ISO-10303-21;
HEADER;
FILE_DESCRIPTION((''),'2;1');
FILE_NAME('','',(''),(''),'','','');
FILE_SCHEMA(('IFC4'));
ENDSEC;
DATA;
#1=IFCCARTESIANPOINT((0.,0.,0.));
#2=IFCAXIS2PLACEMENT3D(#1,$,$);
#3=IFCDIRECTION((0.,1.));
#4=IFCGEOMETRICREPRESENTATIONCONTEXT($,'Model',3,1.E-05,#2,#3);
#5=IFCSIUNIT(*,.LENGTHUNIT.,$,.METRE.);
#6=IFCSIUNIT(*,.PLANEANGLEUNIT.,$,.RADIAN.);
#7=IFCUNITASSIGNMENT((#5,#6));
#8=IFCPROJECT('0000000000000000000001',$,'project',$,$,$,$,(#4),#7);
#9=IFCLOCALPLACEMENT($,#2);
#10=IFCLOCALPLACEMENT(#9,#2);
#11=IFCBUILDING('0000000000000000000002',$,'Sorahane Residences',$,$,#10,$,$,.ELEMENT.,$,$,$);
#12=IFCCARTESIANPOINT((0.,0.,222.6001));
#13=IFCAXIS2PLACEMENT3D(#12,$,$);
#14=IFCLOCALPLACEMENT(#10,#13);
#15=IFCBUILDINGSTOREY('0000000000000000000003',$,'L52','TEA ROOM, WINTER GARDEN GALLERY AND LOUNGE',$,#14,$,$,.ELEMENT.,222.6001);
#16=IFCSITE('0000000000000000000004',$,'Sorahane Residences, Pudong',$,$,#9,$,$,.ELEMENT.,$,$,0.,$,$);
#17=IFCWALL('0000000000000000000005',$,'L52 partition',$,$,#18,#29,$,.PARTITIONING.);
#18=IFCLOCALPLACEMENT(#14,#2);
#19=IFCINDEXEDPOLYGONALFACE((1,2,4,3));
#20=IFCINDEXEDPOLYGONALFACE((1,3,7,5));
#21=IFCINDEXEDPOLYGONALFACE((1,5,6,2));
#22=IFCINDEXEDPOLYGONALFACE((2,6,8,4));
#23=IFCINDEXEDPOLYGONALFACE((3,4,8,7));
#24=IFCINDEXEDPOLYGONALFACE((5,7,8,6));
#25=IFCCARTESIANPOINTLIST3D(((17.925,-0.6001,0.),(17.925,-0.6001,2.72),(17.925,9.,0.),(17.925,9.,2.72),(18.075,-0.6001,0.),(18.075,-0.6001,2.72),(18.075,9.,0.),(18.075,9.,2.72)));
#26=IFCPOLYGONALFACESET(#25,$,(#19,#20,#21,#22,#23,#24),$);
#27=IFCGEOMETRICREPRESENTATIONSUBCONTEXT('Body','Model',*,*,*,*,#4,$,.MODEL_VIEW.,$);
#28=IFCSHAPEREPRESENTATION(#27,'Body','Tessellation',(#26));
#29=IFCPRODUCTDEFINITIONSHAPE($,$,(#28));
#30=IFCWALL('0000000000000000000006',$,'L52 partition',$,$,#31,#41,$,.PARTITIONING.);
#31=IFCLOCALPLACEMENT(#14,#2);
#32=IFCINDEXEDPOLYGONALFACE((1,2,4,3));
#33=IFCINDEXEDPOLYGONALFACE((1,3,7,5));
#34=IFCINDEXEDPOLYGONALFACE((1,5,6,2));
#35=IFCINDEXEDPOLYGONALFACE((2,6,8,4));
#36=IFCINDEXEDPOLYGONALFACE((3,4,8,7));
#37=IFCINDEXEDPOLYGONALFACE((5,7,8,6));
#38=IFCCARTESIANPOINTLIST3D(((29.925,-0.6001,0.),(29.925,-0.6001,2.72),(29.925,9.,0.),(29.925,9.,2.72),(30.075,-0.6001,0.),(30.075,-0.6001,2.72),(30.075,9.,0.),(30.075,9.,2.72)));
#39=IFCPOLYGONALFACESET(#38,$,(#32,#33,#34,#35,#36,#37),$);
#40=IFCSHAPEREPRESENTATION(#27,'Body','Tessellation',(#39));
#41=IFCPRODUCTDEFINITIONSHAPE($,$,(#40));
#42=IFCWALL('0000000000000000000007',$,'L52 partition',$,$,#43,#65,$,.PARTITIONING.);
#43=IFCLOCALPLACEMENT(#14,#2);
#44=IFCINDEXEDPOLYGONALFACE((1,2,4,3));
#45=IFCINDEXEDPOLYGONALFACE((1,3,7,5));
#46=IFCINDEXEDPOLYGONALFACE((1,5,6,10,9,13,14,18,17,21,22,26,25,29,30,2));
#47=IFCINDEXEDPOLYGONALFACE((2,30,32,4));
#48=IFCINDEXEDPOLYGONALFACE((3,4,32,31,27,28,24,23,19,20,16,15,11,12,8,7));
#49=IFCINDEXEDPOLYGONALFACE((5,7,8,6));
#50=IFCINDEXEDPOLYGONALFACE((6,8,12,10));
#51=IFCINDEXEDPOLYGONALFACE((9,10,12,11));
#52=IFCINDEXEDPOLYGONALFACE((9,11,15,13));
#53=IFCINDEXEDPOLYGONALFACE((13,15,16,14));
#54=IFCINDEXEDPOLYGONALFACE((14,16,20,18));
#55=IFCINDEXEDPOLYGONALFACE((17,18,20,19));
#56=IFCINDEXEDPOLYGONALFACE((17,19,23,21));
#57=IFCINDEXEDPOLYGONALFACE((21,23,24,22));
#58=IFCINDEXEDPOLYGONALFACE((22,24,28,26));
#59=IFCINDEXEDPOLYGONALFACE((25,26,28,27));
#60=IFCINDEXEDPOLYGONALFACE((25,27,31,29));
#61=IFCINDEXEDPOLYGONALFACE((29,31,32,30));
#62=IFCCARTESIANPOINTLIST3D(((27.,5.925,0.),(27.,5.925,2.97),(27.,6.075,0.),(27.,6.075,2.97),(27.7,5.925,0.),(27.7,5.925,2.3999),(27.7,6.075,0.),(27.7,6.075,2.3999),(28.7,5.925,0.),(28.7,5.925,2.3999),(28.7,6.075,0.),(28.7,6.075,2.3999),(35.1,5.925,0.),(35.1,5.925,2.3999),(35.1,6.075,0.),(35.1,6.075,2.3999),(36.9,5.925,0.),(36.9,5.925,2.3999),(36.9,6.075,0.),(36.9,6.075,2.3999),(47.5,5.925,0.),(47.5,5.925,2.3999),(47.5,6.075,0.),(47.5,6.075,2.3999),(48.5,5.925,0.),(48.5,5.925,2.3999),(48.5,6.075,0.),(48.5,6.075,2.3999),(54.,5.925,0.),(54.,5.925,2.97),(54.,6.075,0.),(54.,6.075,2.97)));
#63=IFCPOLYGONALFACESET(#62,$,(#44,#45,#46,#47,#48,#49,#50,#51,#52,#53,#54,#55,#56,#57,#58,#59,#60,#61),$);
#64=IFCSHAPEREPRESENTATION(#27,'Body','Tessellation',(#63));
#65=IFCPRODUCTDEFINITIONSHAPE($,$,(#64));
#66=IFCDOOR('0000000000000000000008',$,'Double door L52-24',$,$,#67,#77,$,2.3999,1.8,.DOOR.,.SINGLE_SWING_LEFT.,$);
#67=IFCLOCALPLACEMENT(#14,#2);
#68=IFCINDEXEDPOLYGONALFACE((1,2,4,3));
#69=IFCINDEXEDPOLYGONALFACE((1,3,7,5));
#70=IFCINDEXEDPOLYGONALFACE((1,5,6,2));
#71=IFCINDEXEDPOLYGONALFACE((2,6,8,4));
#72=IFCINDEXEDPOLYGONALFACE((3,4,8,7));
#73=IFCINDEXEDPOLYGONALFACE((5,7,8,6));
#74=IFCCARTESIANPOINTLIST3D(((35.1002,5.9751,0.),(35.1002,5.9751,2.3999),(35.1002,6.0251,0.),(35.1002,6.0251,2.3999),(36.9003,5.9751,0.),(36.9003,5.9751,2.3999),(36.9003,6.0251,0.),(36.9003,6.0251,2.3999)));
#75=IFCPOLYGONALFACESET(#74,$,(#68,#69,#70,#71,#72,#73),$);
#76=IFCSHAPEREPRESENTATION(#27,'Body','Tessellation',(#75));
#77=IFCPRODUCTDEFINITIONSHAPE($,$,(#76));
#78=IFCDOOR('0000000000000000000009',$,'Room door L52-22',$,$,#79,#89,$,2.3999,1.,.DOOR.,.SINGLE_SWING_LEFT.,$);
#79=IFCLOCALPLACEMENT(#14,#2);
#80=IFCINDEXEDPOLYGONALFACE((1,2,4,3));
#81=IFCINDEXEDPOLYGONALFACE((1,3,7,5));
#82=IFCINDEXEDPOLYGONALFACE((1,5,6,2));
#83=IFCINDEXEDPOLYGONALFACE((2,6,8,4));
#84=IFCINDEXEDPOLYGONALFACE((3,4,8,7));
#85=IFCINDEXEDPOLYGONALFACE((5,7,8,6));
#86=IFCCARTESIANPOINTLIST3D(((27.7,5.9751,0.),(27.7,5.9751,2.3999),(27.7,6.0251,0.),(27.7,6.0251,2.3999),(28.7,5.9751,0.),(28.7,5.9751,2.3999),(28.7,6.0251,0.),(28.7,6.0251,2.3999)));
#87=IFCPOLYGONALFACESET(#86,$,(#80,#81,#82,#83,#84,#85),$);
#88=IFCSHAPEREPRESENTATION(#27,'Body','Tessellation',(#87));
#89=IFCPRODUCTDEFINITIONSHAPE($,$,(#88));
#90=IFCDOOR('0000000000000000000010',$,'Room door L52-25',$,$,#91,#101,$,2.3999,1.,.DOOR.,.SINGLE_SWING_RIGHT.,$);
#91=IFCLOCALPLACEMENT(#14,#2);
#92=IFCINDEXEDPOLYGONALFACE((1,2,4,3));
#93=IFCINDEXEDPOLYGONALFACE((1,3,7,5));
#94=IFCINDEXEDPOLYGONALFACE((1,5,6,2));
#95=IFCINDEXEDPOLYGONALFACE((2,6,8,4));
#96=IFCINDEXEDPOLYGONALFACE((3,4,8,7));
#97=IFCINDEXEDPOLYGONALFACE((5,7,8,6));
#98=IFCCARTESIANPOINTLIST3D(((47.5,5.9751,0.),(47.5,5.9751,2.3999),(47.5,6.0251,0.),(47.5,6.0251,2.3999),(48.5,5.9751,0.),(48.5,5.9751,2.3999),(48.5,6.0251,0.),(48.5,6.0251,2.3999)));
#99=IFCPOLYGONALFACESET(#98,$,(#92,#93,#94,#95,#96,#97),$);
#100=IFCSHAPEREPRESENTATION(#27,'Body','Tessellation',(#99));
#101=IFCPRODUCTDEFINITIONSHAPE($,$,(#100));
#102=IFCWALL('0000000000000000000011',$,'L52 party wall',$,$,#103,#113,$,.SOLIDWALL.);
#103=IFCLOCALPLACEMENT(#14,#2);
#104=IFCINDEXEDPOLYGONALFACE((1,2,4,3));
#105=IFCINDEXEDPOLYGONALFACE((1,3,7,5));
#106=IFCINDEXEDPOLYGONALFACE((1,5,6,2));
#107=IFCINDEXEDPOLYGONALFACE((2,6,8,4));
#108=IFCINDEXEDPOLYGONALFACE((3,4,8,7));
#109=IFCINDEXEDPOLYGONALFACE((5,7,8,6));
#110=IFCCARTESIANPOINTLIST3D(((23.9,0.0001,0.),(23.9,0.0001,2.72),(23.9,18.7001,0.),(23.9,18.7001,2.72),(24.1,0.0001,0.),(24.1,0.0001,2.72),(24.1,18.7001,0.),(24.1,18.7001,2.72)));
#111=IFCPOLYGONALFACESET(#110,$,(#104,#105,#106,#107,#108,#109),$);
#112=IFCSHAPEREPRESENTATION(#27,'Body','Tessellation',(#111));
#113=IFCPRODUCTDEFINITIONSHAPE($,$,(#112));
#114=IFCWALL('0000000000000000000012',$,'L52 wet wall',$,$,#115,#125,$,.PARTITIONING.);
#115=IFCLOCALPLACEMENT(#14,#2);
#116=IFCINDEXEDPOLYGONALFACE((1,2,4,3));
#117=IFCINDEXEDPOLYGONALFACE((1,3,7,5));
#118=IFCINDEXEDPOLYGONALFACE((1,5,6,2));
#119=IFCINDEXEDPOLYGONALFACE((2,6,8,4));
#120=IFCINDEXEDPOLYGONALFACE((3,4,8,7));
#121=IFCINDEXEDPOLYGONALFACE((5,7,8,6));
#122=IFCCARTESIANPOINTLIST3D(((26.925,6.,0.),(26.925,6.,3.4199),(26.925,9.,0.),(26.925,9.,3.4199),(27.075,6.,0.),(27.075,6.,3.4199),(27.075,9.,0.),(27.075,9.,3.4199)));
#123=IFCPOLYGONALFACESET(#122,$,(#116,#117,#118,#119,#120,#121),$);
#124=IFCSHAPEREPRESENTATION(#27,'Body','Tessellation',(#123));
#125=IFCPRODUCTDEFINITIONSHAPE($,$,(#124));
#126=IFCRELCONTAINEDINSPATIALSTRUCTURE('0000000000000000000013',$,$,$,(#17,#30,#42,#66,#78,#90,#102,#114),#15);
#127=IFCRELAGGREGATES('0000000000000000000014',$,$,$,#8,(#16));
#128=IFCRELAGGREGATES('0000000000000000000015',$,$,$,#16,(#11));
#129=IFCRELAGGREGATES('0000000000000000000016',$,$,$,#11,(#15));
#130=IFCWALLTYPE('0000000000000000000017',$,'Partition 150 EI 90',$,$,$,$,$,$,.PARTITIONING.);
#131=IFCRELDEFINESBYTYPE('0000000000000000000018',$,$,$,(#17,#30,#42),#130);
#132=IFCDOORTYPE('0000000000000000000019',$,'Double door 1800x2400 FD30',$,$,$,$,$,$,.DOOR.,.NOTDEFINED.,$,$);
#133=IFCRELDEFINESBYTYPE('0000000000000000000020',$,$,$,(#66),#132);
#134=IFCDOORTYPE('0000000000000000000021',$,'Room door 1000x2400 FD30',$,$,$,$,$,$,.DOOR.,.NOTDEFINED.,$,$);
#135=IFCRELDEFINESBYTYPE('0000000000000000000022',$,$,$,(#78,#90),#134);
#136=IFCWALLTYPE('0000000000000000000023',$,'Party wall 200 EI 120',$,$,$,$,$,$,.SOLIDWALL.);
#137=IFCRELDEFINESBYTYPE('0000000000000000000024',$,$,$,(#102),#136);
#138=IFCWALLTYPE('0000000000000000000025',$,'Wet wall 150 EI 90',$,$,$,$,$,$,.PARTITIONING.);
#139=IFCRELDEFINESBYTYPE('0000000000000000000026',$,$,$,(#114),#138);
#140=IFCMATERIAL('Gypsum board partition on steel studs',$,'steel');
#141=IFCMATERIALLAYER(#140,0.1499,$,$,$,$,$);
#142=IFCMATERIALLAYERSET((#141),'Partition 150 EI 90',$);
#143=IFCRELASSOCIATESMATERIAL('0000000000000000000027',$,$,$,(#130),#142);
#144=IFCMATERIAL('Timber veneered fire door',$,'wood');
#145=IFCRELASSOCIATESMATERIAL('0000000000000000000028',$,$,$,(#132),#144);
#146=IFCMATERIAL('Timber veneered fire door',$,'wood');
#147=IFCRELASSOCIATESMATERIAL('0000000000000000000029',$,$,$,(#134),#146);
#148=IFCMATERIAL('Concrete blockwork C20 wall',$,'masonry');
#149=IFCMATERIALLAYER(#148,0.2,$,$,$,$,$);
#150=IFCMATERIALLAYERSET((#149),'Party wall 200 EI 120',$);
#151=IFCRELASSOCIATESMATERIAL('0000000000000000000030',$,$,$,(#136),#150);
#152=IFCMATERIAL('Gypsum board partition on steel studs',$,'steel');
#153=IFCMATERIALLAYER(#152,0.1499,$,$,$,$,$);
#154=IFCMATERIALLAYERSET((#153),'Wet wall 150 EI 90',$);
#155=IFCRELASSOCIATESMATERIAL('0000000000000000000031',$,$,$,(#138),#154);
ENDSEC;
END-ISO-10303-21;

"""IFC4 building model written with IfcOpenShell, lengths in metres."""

from ifc_helpers import new_model, si_unit, direction, frame, frame_2d, origin, place, context, subcontext, project, spatial, rectangle, extrude, material, layer, layer_set, type_object, element, fill, save


model = new_model("IFC4")

# Units and contexts
model_context = context("Model", 3, precision=1e-05, world=origin(), true_north=direction((0.0, 1.0)))
body_context = subcontext(model_context, "Body", "Model", "MODEL_VIEW")
ifc_project = project(units=[si_unit("LENGTHUNIT", "METRE"), si_unit("PLANEANGLEUNIT", "RADIAN")], contexts=[model_context])

# Site, building, storey
site_placement = place(None, origin())
site = spatial("IfcSite", under=ifc_project, at=site_placement, Name="Sorahane Residences, Pudong", CompositionType="ELEMENT", RefElevation=0.0)
building_placement = place(site_placement, origin())
building = spatial("IfcBuilding", under=site, at=building_placement, Name="Sorahane Residences", CompositionType="ELEMENT")
storey_placement = place(building_placement, frame((0.0, 0.0, 222.6001)))
storey = spatial("IfcBuildingStorey", under=building, at=storey_placement, Name="L52", Description="TEA ROOM, WINTER GARDEN GALLERY AND LOUNGE", CompositionType="ELEMENT", Elevation=222.6001)

# Walls
ifc_material_1 = material(Name="Gypsum board partition on steel studs", Category="steel")
ifc_layer_1 = layer(ifc_material_1, 0.1499)
ifc_layer_set_1 = layer_set([ifc_layer_1], Name="Partition 150 EI 90")
wall_type_1 = type_object("IfcWallType", Name="Partition 150 EI 90", PredefinedType="PARTITIONING", material=ifc_layer_set_1)
for number, where, z_axis, x_axis, name in (
    (1, (18.0, -0.6001, 0.0), (0.0, 0.0, 1.0), (0.0, 1.0, 0.0), "L52 partition"),
    (2, (30.0, -0.6001, 0.0), (0.0, 0.0, 1.0), (0.0, 1.0, 0.0), "L52 partition"),
):
    element("IfcWall", number, at=place(storey_placement, frame(where, z_axis=z_axis, x_axis=x_axis)), inside=storey, type_object=wall_type_1, Name=name, PredefinedType="PARTITIONING", context=body_context, shape_type="SweptSolid", body=[
        extrude(rectangle(XDim=9.6001, YDim=0.1499, at=frame_2d((4.8, 0.0))), origin(), (0.0, 0.0, 1.0), 2.72),
    ])

# Wall, openings, doors
wall_1_placement = place(storey_placement, frame((27.0, 6.0, 0.0), z_axis=(0.0, 0.0, 1.0), x_axis=(1.0, 0.0, 0.0)))
wall_1 = element("IfcWall", 3, at=wall_1_placement, inside=storey, type_object=wall_type_1, Name="L52 partition", PredefinedType="PARTITIONING", context=body_context, shape_type="SweptSolid", body=[
    extrude(rectangle(XDim=27.0, YDim=0.1499, at=frame_2d((13.5, 0.0))), origin(), (0.0, 0.0, 1.0), 2.97),
])
opening_1_placement = place(wall_1_placement, frame((0.7, 0.0, 0.0)))
opening_1 = element("IfcOpeningElement", 4, at=opening_1_placement, cuts=wall_1, PredefinedType="OPENING", context=body_context, shape_type="SweptSolid", body=[
    extrude(rectangle(XDim=1.0, YDim=2.3999, at=frame_2d((0.5, 1.2))), frame((0.0, 0.085, 0.0), z_axis=(0.0, -1.0, 0.0), x_axis=(1.0, 0.0, 0.0)), (0.0, 0.0, 1.0), 0.1699),
])
opening_2_placement = place(wall_1_placement, frame((8.1001, 0.0, 0.0)))
opening_2 = element("IfcOpeningElement", 5, at=opening_2_placement, cuts=wall_1, PredefinedType="OPENING", context=body_context, shape_type="SweptSolid", body=[
    extrude(rectangle(XDim=1.8, YDim=2.3999, at=frame_2d((0.8999, 1.2))), frame((0.0, 0.085, 0.0), z_axis=(0.0, -1.0, 0.0), x_axis=(1.0, 0.0, 0.0)), (0.0, 0.0, 1.0), 0.1699),
])
opening_3_placement = place(wall_1_placement, frame((20.5, 0.0, 0.0)))
opening_3 = element("IfcOpeningElement", 6, at=opening_3_placement, cuts=wall_1, PredefinedType="OPENING", context=body_context, shape_type="SweptSolid", body=[
    extrude(rectangle(XDim=1.0, YDim=2.3999, at=frame_2d((0.5, 1.2))), frame((0.0, 0.085, 0.0), z_axis=(0.0, -1.0, 0.0), x_axis=(1.0, 0.0, 0.0)), (0.0, 0.0, 1.0), 0.1699),
])
ifc_material_2 = material(Name="Timber veneered fire door", Category="wood")
door_type_1 = type_object("IfcDoorType", Name="Double door 1800x2400 FD30", OperationType="NOTDEFINED", PredefinedType="DOOR", material=ifc_material_2)
door_1_placement = place(opening_2_placement, frame((1.8, 0.0, 0.0), z_axis=(0.0, 0.0, 1.0), x_axis=(-1.0, 0.0, 0.0)))
door_1 = element("IfcDoor", 7, at=door_1_placement, inside=storey, type_object=door_type_1, Name="Double door L52-24", OperationType="SINGLE_SWING_LEFT", OverallHeight=2.3999, OverallWidth=1.8, PredefinedType="DOOR", context=body_context, shape_type="SweptSolid", body=[
    extrude(rectangle(XDim=1.8, YDim=2.3999, at=frame_2d((0.8999, 1.2))), frame((0.0, 0.0249, 0.0), z_axis=(0.0, -1.0, 0.0), x_axis=(1.0, 0.0, 0.0)), (0.0, 0.0, 1.0), 0.05),
])
fill(opening_2, door_1)
ifc_material_3 = material(Name="Timber veneered fire door", Category="wood")
door_type_2 = type_object("IfcDoorType", Name="Room door 1000x2400 FD30", OperationType="NOTDEFINED", PredefinedType="DOOR", material=ifc_material_3)
door_2_placement = place(opening_1_placement, frame((1.0, 0.0, 0.0), z_axis=(0.0, 0.0, 1.0), x_axis=(-1.0, 0.0, 0.0)))
door_2 = element("IfcDoor", 8, at=door_2_placement, inside=storey, type_object=door_type_2, Name="Room door L52-22", OperationType="SINGLE_SWING_LEFT", OverallHeight=2.3999, OverallWidth=1.0, PredefinedType="DOOR", context=body_context, shape_type="SweptSolid", body=[
    extrude(rectangle(XDim=1.0, YDim=2.3999, at=frame_2d((0.5, 1.2))), frame((0.0, 0.0249, 0.0), z_axis=(0.0, -1.0, 0.0), x_axis=(1.0, 0.0, 0.0)), (0.0, 0.0, 1.0), 0.05),
])
fill(opening_1, door_2)
door_3_placement = place(opening_3_placement, frame((1.0, 0.0, 0.0), z_axis=(0.0, 0.0, 1.0), x_axis=(-1.0, 0.0, 0.0)))
door_3 = element("IfcDoor", 9, at=door_3_placement, inside=storey, type_object=door_type_2, Name="Room door L52-25", OperationType="SINGLE_SWING_RIGHT", OverallHeight=2.3999, OverallWidth=1.0, PredefinedType="DOOR", context=body_context, shape_type="SweptSolid", body=[
    extrude(rectangle(XDim=1.0, YDim=2.3999, at=frame_2d((0.5, 1.2))), frame((0.0, 0.0249, 0.0), z_axis=(0.0, -1.0, 0.0), x_axis=(1.0, 0.0, 0.0)), (0.0, 0.0, 1.0), 0.05),
])
fill(opening_3, door_3)

# Walls
ifc_material_4 = material(Name="Concrete blockwork C20 wall", Category="masonry")
ifc_layer_2 = layer(ifc_material_4, 0.2)
ifc_layer_set_2 = layer_set([ifc_layer_2], Name="Party wall 200 EI 120")
wall_type_2 = type_object("IfcWallType", Name="Party wall 200 EI 120", PredefinedType="SOLIDWALL", material=ifc_layer_set_2)
wall_2_placement = place(storey_placement, frame((24.0, 0.0, 0.0), z_axis=(0.0, 0.0, 1.0), x_axis=(0.0, 1.0, 0.0)))
element("IfcWall", 10, at=wall_2_placement, inside=storey, type_object=wall_type_2, Name="L52 party wall", PredefinedType="SOLIDWALL", context=body_context, shape_type="SweptSolid", body=[
    extrude(rectangle(XDim=18.7, YDim=0.2, at=frame_2d((9.3501, 0.0))), origin(), (0.0, 0.0, 1.0), 2.72),
])
ifc_material_5 = material(Name="Gypsum board partition on steel studs", Category="steel")
ifc_layer_3 = layer(ifc_material_5, 0.1499)
ifc_layer_set_3 = layer_set([ifc_layer_3], Name="Wet wall 150 EI 90")
wall_type_3 = type_object("IfcWallType", Name="Wet wall 150 EI 90", PredefinedType="PARTITIONING", material=ifc_layer_set_3)
wall_3_placement = place(storey_placement, frame((27.0, 6.0, 0.0), z_axis=(0.0, 0.0, 1.0), x_axis=(0.0, 1.0, 0.0)))
element("IfcWall", 11, at=wall_3_placement, inside=storey, type_object=wall_type_3, Name="L52 wet wall", PredefinedType="PARTITIONING", context=body_context, shape_type="SweptSolid", body=[
    extrude(rectangle(XDim=3.0, YDim=0.1499, at=frame_2d((1.5, 0.0))), origin(), (0.0, 0.0, 1.0), 3.4199),
])

save(model, "model.ifc")
